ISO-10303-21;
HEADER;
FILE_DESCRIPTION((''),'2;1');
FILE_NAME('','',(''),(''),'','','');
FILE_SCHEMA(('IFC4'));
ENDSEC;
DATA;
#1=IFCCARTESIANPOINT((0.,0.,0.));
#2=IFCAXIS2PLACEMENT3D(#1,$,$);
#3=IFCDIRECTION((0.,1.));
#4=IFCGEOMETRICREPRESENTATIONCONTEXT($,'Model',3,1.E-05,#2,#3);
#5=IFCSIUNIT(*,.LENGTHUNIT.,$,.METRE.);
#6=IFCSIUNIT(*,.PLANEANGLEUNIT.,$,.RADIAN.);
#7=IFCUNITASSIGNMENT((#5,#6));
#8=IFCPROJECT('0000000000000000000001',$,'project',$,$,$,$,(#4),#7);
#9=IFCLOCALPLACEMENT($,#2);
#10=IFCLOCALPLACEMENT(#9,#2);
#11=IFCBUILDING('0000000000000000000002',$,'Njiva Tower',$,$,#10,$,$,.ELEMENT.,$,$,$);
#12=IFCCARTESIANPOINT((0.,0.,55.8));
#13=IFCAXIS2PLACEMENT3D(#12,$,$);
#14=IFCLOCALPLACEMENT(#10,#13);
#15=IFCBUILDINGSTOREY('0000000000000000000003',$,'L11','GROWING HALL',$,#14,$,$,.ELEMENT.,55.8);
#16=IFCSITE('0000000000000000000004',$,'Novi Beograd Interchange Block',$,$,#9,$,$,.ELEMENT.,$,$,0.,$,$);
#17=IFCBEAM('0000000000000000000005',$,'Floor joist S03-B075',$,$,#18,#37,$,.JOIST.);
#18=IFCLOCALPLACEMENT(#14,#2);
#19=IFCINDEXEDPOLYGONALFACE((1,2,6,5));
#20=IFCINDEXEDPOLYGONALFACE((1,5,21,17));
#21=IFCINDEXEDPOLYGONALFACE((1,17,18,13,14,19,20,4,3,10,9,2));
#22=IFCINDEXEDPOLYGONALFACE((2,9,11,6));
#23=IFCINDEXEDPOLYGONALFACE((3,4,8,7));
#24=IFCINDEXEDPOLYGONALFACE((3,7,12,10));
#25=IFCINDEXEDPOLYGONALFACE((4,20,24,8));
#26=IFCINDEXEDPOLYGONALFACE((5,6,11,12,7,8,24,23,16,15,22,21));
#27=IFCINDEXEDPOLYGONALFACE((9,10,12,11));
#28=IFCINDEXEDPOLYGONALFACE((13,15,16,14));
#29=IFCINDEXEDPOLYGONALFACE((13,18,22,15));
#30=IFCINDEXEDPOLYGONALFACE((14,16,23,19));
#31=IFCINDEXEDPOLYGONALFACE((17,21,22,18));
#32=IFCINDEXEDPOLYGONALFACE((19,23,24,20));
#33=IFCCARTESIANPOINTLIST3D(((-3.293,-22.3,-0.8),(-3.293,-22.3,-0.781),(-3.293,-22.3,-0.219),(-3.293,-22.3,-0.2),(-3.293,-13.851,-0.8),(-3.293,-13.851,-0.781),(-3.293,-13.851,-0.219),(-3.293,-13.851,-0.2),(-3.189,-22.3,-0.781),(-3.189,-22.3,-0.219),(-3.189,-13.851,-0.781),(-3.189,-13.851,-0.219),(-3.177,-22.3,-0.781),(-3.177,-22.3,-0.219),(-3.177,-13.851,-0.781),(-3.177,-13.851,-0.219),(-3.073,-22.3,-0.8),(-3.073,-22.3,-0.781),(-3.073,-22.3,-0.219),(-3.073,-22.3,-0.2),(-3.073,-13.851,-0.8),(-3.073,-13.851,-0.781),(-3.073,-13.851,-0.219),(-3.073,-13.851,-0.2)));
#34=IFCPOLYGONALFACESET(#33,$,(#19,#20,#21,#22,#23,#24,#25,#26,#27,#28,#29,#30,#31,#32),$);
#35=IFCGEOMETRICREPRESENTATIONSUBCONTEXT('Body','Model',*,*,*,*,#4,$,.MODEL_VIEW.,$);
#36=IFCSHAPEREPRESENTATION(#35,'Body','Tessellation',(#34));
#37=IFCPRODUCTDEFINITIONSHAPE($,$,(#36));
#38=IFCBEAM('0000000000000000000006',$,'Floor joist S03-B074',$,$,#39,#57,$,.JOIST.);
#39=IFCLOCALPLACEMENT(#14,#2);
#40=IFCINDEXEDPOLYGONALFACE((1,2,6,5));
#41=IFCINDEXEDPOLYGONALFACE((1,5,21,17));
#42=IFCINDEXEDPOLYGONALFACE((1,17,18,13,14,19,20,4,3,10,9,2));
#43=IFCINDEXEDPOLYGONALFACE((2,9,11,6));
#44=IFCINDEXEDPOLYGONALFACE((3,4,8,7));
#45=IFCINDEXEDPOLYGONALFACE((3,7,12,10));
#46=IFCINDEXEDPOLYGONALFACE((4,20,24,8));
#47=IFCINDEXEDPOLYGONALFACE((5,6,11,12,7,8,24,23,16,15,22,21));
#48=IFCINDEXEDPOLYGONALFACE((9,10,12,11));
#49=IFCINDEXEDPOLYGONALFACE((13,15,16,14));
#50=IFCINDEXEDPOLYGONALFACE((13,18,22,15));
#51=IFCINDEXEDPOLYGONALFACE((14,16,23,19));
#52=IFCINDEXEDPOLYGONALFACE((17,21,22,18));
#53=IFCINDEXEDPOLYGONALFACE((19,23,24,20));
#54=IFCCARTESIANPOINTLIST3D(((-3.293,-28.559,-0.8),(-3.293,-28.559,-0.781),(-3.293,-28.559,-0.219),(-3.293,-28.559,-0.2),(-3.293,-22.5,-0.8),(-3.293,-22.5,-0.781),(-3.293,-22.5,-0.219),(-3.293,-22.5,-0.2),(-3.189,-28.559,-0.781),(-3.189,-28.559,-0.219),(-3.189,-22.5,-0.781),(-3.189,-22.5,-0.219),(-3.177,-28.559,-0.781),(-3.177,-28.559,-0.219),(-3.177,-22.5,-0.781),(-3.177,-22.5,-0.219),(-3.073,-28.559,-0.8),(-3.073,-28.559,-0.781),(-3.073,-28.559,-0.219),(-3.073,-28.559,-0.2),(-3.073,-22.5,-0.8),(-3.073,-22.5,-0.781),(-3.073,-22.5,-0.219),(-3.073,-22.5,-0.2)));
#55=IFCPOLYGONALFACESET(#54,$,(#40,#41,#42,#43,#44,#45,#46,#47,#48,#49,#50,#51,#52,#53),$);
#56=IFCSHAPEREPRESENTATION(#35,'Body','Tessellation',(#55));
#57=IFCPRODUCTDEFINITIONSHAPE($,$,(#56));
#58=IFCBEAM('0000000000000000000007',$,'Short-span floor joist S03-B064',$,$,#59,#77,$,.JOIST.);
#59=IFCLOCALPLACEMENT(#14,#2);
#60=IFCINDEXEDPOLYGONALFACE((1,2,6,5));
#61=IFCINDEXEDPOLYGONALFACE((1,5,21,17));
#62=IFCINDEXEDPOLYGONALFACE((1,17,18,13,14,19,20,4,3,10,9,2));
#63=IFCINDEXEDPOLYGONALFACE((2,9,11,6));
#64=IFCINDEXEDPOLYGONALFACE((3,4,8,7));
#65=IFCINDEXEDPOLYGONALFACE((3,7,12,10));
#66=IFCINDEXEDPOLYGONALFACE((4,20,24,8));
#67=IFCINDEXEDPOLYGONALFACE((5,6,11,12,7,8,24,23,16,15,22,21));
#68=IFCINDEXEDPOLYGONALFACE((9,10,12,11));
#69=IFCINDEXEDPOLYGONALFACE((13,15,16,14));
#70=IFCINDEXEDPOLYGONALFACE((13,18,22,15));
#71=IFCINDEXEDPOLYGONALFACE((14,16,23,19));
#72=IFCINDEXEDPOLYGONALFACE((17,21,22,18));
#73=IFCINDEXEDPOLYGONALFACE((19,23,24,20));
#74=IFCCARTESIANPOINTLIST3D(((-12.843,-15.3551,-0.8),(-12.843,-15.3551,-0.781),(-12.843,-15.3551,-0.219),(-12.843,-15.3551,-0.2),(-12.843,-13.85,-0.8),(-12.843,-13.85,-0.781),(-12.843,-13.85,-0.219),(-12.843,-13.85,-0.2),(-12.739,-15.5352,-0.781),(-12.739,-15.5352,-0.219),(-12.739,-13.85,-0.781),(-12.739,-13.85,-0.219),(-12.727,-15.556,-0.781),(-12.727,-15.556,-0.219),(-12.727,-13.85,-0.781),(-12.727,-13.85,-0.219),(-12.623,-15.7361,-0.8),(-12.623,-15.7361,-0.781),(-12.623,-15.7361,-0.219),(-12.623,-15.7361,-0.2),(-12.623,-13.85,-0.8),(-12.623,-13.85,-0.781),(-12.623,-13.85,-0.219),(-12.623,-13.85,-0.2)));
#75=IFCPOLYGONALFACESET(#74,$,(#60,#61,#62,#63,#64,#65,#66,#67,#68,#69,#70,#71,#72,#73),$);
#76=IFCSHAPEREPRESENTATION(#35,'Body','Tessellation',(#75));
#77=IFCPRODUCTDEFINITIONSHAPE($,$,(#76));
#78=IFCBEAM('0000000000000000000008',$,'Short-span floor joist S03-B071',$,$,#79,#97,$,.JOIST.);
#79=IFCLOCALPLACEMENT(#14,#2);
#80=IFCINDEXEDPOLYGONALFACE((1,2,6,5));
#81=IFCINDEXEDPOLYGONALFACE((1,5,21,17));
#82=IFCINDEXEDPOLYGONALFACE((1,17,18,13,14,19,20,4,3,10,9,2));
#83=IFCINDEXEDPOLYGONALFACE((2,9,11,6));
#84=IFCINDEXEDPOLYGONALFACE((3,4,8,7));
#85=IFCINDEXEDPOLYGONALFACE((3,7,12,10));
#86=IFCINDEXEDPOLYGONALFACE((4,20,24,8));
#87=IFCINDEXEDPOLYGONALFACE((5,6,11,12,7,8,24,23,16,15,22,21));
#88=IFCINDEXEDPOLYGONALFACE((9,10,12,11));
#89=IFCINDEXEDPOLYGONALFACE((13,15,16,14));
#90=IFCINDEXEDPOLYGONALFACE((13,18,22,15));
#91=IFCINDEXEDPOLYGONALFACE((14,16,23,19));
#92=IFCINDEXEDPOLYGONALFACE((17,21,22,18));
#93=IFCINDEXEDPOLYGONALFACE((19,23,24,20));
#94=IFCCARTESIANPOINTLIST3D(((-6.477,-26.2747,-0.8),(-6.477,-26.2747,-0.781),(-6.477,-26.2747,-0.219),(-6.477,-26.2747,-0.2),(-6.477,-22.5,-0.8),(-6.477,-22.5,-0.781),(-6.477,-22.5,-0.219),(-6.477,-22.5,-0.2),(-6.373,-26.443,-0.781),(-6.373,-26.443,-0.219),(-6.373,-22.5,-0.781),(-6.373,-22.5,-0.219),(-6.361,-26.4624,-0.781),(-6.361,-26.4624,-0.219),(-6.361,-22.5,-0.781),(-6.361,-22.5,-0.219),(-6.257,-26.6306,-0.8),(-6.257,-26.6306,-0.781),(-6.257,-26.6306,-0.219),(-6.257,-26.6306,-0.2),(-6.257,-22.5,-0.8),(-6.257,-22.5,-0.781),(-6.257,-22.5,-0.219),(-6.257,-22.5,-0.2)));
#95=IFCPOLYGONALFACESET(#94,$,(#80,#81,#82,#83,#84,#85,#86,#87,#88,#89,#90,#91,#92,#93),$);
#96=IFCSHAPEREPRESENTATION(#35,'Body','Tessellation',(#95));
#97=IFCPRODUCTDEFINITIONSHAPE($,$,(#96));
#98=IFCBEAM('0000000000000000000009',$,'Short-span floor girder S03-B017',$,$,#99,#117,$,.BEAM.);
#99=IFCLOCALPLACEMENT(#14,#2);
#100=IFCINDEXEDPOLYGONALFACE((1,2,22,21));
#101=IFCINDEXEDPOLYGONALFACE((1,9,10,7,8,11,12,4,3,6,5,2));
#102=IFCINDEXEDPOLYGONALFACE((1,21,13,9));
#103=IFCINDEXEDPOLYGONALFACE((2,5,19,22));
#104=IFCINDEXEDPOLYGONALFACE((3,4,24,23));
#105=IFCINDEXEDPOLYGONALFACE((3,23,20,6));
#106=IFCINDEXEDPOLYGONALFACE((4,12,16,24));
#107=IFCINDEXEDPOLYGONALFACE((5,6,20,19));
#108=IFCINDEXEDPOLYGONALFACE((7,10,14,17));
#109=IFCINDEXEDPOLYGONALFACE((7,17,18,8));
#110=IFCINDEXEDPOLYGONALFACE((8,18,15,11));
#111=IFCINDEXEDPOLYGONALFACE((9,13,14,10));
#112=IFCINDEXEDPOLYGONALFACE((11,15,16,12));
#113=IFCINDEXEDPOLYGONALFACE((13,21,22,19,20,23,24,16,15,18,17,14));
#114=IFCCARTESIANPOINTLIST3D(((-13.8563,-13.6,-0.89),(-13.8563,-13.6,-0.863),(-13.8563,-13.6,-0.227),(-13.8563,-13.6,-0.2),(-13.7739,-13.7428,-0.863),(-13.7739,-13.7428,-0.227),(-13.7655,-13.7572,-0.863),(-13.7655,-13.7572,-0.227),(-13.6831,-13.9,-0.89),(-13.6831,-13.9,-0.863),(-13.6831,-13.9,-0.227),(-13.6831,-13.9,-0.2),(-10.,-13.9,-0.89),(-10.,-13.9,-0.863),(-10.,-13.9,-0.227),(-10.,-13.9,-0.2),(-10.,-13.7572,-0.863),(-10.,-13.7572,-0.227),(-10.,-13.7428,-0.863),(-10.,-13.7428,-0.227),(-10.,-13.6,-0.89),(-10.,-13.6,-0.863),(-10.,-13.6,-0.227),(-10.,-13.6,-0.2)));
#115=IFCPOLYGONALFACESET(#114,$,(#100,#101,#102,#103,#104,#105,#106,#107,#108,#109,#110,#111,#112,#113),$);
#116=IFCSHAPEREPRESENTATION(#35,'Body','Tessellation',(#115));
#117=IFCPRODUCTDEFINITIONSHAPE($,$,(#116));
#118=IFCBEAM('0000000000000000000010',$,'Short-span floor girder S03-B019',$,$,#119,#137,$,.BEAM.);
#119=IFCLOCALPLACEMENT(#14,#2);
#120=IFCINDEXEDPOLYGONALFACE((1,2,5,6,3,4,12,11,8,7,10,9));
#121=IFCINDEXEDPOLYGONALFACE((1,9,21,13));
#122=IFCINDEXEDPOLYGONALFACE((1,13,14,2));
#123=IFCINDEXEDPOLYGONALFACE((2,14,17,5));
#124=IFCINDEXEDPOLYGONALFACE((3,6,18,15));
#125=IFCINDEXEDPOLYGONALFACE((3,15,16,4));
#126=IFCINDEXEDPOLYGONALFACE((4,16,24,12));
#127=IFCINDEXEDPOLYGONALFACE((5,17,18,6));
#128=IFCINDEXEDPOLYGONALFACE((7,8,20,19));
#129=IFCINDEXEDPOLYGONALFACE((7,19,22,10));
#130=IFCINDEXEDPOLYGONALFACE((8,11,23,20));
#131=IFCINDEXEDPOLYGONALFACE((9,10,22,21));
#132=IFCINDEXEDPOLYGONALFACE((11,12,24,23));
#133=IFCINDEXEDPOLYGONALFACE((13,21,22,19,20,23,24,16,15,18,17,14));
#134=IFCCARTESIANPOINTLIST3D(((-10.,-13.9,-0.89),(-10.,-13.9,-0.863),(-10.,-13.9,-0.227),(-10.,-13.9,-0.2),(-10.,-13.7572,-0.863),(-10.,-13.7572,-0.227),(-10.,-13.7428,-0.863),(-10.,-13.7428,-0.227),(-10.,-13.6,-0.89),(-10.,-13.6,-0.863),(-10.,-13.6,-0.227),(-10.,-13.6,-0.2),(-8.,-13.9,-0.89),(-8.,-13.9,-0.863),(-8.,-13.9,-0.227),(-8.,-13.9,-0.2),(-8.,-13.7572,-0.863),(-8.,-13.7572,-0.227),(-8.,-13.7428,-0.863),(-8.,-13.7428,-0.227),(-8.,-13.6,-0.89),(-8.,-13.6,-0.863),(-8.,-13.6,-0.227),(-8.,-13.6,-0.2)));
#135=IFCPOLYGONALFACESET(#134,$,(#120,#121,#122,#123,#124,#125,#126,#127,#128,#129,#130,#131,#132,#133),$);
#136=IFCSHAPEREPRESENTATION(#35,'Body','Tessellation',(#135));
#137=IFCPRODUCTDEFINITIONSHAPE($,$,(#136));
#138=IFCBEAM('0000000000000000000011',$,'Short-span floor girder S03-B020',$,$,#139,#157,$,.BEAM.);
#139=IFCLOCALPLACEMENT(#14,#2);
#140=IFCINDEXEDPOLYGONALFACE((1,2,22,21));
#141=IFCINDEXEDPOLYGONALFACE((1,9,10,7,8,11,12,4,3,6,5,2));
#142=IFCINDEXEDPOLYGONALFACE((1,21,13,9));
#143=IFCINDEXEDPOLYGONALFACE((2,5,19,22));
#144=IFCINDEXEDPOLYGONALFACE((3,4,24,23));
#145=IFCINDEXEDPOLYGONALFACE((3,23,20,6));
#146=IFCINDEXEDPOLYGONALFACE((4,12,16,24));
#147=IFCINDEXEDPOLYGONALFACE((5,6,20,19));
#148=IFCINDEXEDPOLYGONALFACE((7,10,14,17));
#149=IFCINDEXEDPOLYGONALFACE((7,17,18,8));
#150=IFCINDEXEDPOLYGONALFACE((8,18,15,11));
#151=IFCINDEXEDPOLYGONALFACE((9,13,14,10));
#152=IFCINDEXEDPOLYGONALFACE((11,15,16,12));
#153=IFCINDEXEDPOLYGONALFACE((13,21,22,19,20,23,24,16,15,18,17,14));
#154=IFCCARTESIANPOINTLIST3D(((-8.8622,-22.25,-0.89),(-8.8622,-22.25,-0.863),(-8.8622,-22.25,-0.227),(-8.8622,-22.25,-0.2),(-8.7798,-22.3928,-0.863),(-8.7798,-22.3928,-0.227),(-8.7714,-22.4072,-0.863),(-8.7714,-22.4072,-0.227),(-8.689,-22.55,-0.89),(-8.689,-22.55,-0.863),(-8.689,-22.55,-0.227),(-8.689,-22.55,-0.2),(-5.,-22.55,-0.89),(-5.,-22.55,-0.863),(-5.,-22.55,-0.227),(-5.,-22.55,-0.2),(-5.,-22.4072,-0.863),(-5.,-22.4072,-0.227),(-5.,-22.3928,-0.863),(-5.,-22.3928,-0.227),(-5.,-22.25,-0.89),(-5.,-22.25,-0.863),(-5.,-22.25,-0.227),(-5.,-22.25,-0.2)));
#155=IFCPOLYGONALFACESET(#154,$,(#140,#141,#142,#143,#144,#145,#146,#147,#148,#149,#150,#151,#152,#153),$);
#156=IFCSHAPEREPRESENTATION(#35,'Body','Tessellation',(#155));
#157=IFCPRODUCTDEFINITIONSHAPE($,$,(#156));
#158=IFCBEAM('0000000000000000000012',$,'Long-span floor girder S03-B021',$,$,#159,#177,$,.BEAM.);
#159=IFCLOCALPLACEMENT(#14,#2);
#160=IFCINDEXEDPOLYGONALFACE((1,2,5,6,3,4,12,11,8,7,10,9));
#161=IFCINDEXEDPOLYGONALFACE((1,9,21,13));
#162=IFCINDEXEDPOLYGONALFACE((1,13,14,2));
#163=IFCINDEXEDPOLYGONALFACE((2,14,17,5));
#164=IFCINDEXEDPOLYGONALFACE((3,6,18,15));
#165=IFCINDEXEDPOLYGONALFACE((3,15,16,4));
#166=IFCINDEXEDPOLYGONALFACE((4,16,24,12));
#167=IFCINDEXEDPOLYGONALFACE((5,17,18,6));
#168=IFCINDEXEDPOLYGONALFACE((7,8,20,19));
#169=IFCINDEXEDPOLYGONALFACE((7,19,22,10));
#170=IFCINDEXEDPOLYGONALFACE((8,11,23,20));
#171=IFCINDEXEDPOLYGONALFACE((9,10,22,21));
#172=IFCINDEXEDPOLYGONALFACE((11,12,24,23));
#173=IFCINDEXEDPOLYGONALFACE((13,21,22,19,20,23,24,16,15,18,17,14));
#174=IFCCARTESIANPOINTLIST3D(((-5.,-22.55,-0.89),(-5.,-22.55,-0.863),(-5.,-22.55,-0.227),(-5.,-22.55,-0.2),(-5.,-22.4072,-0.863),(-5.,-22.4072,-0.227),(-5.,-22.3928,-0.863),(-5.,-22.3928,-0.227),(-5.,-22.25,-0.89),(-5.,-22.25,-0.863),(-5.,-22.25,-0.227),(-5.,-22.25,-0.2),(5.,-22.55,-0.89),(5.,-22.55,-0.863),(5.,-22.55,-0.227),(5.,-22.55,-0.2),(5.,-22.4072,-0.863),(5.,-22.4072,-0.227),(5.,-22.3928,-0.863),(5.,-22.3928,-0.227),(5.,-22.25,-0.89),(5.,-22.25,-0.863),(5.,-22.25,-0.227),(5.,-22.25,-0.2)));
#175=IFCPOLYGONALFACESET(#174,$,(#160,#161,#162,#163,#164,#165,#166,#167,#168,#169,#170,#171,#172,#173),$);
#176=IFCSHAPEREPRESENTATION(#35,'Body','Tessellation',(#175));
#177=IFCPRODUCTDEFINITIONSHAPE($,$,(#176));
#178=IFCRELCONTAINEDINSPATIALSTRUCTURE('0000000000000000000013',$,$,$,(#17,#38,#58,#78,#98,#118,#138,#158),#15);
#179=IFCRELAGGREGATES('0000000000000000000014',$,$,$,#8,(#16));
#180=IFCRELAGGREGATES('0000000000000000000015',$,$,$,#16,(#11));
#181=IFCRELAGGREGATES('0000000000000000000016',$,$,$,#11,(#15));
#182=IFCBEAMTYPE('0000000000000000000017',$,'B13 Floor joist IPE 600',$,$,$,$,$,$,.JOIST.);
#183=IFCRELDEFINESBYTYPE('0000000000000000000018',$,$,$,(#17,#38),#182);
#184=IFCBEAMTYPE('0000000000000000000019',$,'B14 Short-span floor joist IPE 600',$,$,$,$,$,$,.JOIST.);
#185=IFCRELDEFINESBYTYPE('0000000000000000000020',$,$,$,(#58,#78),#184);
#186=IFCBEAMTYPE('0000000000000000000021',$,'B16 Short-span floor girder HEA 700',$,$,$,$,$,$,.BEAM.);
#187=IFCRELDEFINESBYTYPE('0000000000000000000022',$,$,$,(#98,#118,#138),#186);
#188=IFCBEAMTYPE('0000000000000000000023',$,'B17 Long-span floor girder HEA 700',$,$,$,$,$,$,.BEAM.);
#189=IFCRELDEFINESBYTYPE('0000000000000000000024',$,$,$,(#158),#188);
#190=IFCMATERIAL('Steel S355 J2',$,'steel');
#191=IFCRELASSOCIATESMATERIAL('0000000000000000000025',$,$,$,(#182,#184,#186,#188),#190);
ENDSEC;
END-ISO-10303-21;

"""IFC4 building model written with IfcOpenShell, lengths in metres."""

from ifc_helpers import new_model, si_unit, direction, frame, origin, origin_2d, place, context, subcontext, project, spatial, i_section, extrude, clip, halfspace, material, material_profile, profile_set, type_object, element, save


model = new_model("IFC4")

# Units and contexts
model_context = context("Model", 3, precision=1e-05, world=origin(), true_north=direction((0.0, 1.0)))
body_context = subcontext(model_context, "Body", "Model", "MODEL_VIEW")
ifc_project = project(units=[si_unit("LENGTHUNIT", "METRE"), si_unit("PLANEANGLEUNIT", "RADIAN")], contexts=[model_context])

# Site, building, storey
site_placement = place(None, origin())
site = spatial("IfcSite", under=ifc_project, at=site_placement, Name="Novi Beograd Interchange Block", CompositionType="ELEMENT", RefElevation=0.0)
building_placement = place(site_placement, origin())
building = spatial("IfcBuilding", under=site, at=building_placement, Name="Njiva Tower", CompositionType="ELEMENT")
storey_placement = place(building_placement, frame((0.0, 0.0, 55.8)))
storey = spatial("IfcBuildingStorey", under=building, at=storey_placement, Name="L11", Description="GROWING HALL", CompositionType="ELEMENT", Elevation=55.8)

# Shared definitions
ifc_material_1 = material(Name="Steel S355 J2", Category="steel")

# Beams
ifc_material_profile_1 = material_profile(ifc_material_1, i_section(OverallWidth=0.22, OverallDepth=0.6, WebThickness=0.012, FlangeThickness=0.019, at=origin_2d()), Name="IPE 600")
ifc_profile_set_1 = profile_set([ifc_material_profile_1], Name="Steel S355 J2")
beam_type_1 = type_object("IfcBeamType", Name="B13 Floor joist IPE 600", PredefinedType="JOIST", material=ifc_profile_set_1)
for number, where, z_axis, x_axis, name in (
    (1, (-3.183, -13.851, -0.5), (0.0, -1.0, 0.0), (1.0, 0.0, 0.0), "Floor joist S03-B075"),
):
    element("IfcBeam", number, at=place(storey_placement, frame(where, z_axis=z_axis, x_axis=x_axis)), inside=storey, type_object=beam_type_1, Name=name, PredefinedType="JOIST", context=body_context, shape_type="SweptSolid", body=[
        extrude(i_section(OverallWidth=0.22, OverallDepth=0.6, WebThickness=0.012, FlangeThickness=0.019, at=origin_2d()), origin(), (0.0, 0.0, 1.0), 8.449),
    ])
beam_1_placement = place(storey_placement, frame((-3.183, -22.5, -0.5), z_axis=(0.0, -1.0, 0.0), x_axis=(1.0, 0.0, 0.0)))
element("IfcBeam", 2, at=beam_1_placement, inside=storey, type_object=beam_type_1, Name="Floor joist S03-B074", PredefinedType="JOIST", context=body_context, shape_type="SweptSolid", body=[
    extrude(i_section(OverallWidth=0.22, OverallDepth=0.6, WebThickness=0.012, FlangeThickness=0.019, at=origin_2d()), origin(), (0.0, 0.0, 1.0), 6.059),
])
ifc_material_profile_2 = material_profile(ifc_material_1, i_section(OverallWidth=0.22, OverallDepth=0.6, WebThickness=0.012, FlangeThickness=0.019, at=origin_2d()), Name="IPE 600")
ifc_profile_set_2 = profile_set([ifc_material_profile_2], Name="Steel S355 J2")
beam_type_2 = type_object("IfcBeamType", Name="B14 Short-span floor joist IPE 600", PredefinedType="JOIST", material=ifc_profile_set_2)
beam_2_placement = place(storey_placement, frame((-12.733, -13.85, -0.5), z_axis=(0.0, -1.0, 0.0), x_axis=(1.0, 0.0, 0.0)))
element("IfcBeam", 3, at=beam_2_placement, inside=storey, type_object=beam_type_2, Name="Short-span floor joist S03-B064", PredefinedType="JOIST", context=body_context, shape_type="Clipping", body=[
    clip(extrude(i_section(OverallWidth=0.22, OverallDepth=0.6, WebThickness=0.012, FlangeThickness=0.019, at=origin_2d()), origin(), (0.0, 0.0, 1.0), 1.906), halfspace(frame((-0.0436, 0.0, 1.6201), z_axis=(-0.866027, 0.0, 0.499998), x_axis=(0.0, 1.0, 0.0)), False)),
])
beam_3_placement = place(storey_placement, frame((-6.367, -22.5, -0.5), z_axis=(0.0, -1.0, 0.0), x_axis=(1.0, 0.0, 0.0)))
element("IfcBeam", 4, at=beam_3_placement, inside=storey, type_object=beam_type_2, Name="Short-span floor joist S03-B071", PredefinedType="JOIST", context=body_context, shape_type="Clipping", body=[
    clip(extrude(i_section(OverallWidth=0.22, OverallDepth=0.6, WebThickness=0.012, FlangeThickness=0.019, at=origin_2d()), origin(), (0.0, 0.0, 1.0), 4.151), halfspace(frame((-0.0422, 0.0, 3.8844), z_axis=(-0.85062, 0.0, 0.52578), x_axis=(0.0, 1.0, 0.0)), False)),
])
ifc_material_profile_3 = material_profile(ifc_material_1, i_section(OverallWidth=0.3, OverallDepth=0.69, WebThickness=0.0145, FlangeThickness=0.027, at=origin_2d()), Name="HEA 700")
ifc_profile_set_3 = profile_set([ifc_material_profile_3], Name="Steel S355 J2")
beam_type_3 = type_object("IfcBeamType", Name="B16 Short-span floor girder HEA 700", PredefinedType="BEAM", material=ifc_profile_set_3)
beam_4_placement = place(storey_placement, frame((-13.877, -13.75, -0.545), z_axis=(1.0, 0.0, 0.0), x_axis=(0.0, 1.0, 0.0)))
element("IfcBeam", 5, at=beam_4_placement, inside=storey, type_object=beam_type_3, Name="Short-span floor girder S03-B017", PredefinedType="BEAM", context=body_context, shape_type="Clipping", body=[
    clip(extrude(i_section(OverallWidth=0.3, OverallDepth=0.69, WebThickness=0.0145, FlangeThickness=0.027, at=origin_2d()), origin(), (0.0, 0.0, 1.0), 3.877), halfspace(frame((-0.025, 0.0, 0.1217), z_axis=(-0.499998, 0.0, -0.866027), x_axis=(0.0, -1.0, 0.0)), False)),
])
beam_5_placement = place(storey_placement, frame((-10.0, -13.75, -0.545), z_axis=(1.0, 0.0, 0.0), x_axis=(0.0, 1.0, 0.0)))
element("IfcBeam", 6, at=beam_5_placement, inside=storey, type_object=beam_type_3, Name="Short-span floor girder S03-B019", PredefinedType="BEAM", context=body_context, shape_type="SweptSolid", body=[
    extrude(i_section(OverallWidth=0.3, OverallDepth=0.69, WebThickness=0.0145, FlangeThickness=0.027, at=origin_2d()), origin(), (0.0, 0.0, 1.0), 2.0),
])
beam_6_placement = place(storey_placement, frame((-8.883, -22.4, -0.545), z_axis=(1.0, 0.0, 0.0), x_axis=(0.0, 1.0, 0.0)))
element("IfcBeam", 7, at=beam_6_placement, inside=storey, type_object=beam_type_3, Name="Short-span floor girder S03-B020", PredefinedType="BEAM", context=body_context, shape_type="Clipping", body=[
    clip(extrude(i_section(OverallWidth=0.3, OverallDepth=0.69, WebThickness=0.0145, FlangeThickness=0.027, at=origin_2d()), origin(), (0.0, 0.0, 1.0), 3.883), halfspace(frame((-0.025, 0.0, 0.1218), z_axis=(-0.499998, 0.0, -0.866027), x_axis=(0.0, -1.0, 0.0)), False)),
])
ifc_material_profile_4 = material_profile(ifc_material_1, i_section(OverallWidth=0.3, OverallDepth=0.69, WebThickness=0.0145, FlangeThickness=0.027, at=origin_2d()), Name="HEA 700")
ifc_profile_set_4 = profile_set([ifc_material_profile_4], Name="Steel S355 J2")
beam_type_4 = type_object("IfcBeamType", Name="B17 Long-span floor girder HEA 700", PredefinedType="BEAM", material=ifc_profile_set_4)
beam_7_placement = place(storey_placement, frame((-5.0, -22.4, -0.545), z_axis=(1.0, 0.0, 0.0), x_axis=(0.0, 1.0, 0.0)))
element("IfcBeam", 8, at=beam_7_placement, inside=storey, type_object=beam_type_4, Name="Long-span floor girder S03-B021", PredefinedType="BEAM", context=body_context, shape_type="SweptSolid", body=[
    extrude(i_section(OverallWidth=0.3, OverallDepth=0.69, WebThickness=0.0145, FlangeThickness=0.027, at=origin_2d()), origin(), (0.0, 0.0, 1.0), 10.0),
])

save(model, "model.ifc")
